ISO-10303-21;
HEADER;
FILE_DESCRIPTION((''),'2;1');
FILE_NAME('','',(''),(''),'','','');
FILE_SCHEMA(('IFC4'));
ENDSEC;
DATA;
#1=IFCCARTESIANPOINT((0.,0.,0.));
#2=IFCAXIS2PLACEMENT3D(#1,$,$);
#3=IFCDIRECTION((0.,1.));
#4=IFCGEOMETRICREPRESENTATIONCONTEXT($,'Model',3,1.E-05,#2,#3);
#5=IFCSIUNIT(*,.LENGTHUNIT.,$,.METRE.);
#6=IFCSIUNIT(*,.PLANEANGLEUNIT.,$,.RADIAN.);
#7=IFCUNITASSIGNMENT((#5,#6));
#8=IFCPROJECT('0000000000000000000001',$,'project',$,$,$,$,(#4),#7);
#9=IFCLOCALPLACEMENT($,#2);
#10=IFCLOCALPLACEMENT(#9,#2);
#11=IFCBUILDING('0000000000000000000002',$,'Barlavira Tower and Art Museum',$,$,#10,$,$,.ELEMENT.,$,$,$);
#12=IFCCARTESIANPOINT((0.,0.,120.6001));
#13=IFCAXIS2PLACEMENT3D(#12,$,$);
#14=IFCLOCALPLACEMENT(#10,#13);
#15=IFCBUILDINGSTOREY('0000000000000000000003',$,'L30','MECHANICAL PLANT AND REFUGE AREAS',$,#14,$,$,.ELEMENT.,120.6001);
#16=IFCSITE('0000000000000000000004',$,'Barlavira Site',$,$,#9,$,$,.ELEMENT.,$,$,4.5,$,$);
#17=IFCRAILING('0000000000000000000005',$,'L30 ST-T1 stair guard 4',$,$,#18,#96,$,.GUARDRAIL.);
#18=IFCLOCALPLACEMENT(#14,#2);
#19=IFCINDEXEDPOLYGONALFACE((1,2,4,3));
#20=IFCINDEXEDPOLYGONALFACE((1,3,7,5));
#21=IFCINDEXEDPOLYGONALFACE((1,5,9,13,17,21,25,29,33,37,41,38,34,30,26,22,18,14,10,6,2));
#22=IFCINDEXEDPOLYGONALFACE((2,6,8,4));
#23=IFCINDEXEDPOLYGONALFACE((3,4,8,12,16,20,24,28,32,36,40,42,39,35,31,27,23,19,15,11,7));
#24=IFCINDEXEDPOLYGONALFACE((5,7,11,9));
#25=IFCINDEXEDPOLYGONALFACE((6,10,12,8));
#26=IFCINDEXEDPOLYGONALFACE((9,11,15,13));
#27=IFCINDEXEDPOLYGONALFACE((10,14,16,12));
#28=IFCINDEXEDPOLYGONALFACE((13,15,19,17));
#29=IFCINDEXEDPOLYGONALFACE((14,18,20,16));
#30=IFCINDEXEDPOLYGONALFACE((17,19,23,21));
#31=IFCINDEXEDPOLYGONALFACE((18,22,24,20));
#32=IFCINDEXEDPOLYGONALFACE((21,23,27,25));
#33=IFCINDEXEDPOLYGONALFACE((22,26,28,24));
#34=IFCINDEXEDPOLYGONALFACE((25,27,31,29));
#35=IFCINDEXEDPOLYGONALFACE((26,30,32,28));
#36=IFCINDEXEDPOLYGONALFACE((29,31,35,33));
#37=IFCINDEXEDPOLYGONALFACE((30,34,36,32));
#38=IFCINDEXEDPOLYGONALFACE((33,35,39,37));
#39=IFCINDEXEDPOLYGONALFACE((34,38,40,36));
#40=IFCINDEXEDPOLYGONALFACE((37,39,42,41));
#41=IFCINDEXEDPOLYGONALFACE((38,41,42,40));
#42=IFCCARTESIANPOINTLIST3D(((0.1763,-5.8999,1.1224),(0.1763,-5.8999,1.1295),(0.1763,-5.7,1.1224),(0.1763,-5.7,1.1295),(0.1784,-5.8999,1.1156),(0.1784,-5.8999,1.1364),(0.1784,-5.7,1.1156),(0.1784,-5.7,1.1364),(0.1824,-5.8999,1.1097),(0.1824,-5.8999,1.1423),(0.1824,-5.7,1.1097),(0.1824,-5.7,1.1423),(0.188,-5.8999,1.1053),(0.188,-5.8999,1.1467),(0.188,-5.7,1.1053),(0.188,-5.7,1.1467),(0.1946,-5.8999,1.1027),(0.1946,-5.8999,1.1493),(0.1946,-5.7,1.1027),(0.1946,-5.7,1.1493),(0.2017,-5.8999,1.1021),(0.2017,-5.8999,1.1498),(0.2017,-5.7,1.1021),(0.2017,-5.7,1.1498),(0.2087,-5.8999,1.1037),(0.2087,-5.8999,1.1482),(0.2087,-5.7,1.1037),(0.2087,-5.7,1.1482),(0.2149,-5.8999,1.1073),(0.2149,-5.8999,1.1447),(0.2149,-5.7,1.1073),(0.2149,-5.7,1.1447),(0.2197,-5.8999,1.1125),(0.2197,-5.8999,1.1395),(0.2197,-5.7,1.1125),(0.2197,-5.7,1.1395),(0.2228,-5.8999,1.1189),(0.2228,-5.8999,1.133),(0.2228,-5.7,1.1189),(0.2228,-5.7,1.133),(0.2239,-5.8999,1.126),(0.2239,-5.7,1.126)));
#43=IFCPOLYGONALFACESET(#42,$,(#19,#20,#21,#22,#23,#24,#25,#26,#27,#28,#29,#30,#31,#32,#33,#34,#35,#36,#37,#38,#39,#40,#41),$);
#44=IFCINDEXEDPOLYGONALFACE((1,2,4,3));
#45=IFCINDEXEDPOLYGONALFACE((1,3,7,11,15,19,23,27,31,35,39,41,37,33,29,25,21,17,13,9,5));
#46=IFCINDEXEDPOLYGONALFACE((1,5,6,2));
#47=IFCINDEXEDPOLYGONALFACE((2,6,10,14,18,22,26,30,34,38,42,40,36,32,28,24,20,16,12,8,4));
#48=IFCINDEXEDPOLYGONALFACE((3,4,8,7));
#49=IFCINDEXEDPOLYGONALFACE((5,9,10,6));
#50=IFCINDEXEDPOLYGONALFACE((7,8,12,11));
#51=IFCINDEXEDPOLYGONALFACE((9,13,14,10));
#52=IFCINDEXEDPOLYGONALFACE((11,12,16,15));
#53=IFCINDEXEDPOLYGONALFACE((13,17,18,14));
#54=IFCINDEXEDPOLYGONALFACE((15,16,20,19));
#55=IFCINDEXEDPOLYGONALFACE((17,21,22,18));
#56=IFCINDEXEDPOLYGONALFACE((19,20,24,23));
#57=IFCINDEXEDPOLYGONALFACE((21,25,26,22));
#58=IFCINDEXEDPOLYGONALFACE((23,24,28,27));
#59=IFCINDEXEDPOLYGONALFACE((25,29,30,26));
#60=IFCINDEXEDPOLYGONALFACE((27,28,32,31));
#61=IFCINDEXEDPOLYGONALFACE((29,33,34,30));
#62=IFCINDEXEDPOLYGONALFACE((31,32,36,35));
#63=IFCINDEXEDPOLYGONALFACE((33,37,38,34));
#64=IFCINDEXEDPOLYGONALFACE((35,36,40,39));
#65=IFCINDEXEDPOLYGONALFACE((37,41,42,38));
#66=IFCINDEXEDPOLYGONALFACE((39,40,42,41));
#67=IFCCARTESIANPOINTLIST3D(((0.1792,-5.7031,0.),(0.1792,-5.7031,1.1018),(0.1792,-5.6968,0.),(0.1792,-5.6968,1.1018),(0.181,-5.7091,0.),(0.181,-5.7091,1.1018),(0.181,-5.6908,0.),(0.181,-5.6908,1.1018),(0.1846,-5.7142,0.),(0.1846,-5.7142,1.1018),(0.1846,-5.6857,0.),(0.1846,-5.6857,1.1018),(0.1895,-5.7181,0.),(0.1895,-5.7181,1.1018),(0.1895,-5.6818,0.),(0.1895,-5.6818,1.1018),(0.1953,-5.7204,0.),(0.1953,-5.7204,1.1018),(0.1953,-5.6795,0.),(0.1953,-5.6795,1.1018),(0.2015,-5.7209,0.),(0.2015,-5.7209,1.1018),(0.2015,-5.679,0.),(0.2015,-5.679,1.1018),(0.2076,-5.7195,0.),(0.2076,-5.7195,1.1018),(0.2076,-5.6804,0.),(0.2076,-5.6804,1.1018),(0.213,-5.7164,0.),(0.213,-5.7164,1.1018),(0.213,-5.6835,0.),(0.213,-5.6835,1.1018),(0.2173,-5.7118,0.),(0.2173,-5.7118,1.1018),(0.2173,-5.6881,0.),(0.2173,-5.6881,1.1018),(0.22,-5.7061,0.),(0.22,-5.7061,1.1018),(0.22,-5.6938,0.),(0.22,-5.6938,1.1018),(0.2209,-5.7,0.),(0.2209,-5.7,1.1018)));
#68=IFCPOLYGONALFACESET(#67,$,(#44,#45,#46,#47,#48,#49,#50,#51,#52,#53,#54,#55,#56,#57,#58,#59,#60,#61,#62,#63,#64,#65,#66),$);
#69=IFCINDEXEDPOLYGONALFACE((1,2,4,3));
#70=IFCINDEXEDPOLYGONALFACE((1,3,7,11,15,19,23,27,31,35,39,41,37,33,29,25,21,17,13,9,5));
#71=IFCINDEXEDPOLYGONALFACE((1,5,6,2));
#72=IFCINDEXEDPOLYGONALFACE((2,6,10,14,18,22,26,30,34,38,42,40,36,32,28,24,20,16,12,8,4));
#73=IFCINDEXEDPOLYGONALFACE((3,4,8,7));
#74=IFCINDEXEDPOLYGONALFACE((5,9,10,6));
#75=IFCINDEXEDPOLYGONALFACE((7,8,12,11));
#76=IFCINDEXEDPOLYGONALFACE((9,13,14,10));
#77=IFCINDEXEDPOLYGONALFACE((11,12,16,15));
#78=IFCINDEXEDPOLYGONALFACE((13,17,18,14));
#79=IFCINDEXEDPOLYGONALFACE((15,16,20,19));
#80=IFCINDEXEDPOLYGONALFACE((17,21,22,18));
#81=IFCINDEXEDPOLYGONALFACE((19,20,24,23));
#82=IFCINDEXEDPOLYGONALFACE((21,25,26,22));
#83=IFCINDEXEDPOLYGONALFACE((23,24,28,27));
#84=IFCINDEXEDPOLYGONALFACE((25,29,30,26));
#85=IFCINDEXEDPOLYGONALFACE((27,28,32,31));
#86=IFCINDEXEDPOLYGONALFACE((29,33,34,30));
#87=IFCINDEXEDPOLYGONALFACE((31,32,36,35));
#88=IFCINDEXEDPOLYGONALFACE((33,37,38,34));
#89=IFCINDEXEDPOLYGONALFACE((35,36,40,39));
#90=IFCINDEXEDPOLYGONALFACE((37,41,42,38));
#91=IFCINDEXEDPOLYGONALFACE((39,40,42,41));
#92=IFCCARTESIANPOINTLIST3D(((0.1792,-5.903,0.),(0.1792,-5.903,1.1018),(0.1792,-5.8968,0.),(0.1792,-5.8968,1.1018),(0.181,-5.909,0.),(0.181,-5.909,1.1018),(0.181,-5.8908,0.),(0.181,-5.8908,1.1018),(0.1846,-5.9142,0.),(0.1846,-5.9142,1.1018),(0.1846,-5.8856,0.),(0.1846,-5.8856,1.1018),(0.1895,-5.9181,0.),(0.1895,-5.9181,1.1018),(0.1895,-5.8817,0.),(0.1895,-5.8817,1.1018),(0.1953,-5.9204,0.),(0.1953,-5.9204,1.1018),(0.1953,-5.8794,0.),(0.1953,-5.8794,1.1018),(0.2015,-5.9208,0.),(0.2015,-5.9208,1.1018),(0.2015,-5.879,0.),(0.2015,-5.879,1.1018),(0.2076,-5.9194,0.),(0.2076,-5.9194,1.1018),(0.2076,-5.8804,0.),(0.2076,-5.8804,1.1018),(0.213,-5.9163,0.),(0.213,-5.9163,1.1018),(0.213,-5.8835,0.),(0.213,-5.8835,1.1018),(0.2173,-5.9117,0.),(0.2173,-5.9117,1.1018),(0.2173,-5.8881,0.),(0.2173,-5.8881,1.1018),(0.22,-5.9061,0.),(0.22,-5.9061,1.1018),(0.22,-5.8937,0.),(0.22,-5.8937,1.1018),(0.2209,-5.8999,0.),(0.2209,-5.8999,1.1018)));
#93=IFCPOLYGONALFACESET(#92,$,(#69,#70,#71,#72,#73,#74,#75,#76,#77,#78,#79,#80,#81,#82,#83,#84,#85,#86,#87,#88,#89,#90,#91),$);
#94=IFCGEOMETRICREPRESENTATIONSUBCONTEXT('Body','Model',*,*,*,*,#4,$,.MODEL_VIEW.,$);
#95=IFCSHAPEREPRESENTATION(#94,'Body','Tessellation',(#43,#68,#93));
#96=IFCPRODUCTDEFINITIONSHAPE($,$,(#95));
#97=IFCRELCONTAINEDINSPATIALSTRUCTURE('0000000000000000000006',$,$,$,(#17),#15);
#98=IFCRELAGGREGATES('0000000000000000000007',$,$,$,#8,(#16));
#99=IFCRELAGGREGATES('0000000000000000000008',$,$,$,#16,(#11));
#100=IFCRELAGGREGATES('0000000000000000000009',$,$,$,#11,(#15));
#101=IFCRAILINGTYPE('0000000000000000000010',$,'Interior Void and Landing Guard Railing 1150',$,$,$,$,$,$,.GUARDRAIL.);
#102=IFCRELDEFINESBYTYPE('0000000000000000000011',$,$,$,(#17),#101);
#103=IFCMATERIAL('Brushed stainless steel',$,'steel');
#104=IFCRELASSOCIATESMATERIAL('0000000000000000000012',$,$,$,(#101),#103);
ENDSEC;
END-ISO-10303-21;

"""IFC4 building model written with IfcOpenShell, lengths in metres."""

from ifc_helpers import new_model, si_unit, direction, frame, origin, origin_2d, place, context, subcontext, project, spatial, circle, extrude, material, type_object, element, save


model = new_model("IFC4")

# Units and contexts
model_context = context("Model", 3, precision=1e-05, world=origin(), true_north=direction((0.0, 1.0)))
body_context = subcontext(model_context, "Body", "Model", "MODEL_VIEW")
ifc_project = project(units=[si_unit("LENGTHUNIT", "METRE"), si_unit("PLANEANGLEUNIT", "RADIAN")], contexts=[model_context])

# Site, building, storey
site_placement = place(None, origin())
site = spatial("IfcSite", under=ifc_project, at=site_placement, Name="Barlavira Site", CompositionType="ELEMENT", RefElevation=4.5)
building_placement = place(site_placement, origin())
building = spatial("IfcBuilding", under=site, at=building_placement, Name="Barlavira Tower and Art Museum", CompositionType="ELEMENT")
storey_placement = place(building_placement, frame((0.0, 0.0, 120.6001)))
storey = spatial("IfcBuildingStorey", under=building, at=storey_placement, Name="L30", Description="MECHANICAL PLANT AND REFUGE AREAS", CompositionType="ELEMENT", Elevation=120.6001)

# Shared definitions
ifc_material_1 = material(Name="Brushed stainless steel", Category="steel")

# Railing
railing_type_1 = type_object("IfcRailingType", Name="Interior Void and Landing Guard Railing 1150", PredefinedType="GUARDRAIL", material=ifc_material_1)
railing_1_placement = place(storey_placement, frame((0.2, -5.7, 0.0)))
element("IfcRailing", 1, at=railing_1_placement, inside=storey, type_object=railing_type_1, Name="L30 ST-T1 stair guard 4", PredefinedType="GUARDRAIL", context=body_context, shape_type="SweptSolid", body=[
    extrude(circle(Radius=0.0239, at=origin_2d()), frame((0.0, 0.0, 1.126), z_axis=(0.0, -1.0, 0.0), x_axis=(1.0, 0.0, 0.0)), (0.0, 0.0, 1.0), 0.2),
    extrude(circle(Radius=0.021, at=origin_2d()), origin(), (0.0, 0.0, 1.0), 1.1018),
    extrude(circle(Radius=0.021, at=origin_2d()), frame((0.0, -0.2, 0.0)), (0.0, 0.0, 1.0), 1.1018),
])

save(model, "model.ifc")
